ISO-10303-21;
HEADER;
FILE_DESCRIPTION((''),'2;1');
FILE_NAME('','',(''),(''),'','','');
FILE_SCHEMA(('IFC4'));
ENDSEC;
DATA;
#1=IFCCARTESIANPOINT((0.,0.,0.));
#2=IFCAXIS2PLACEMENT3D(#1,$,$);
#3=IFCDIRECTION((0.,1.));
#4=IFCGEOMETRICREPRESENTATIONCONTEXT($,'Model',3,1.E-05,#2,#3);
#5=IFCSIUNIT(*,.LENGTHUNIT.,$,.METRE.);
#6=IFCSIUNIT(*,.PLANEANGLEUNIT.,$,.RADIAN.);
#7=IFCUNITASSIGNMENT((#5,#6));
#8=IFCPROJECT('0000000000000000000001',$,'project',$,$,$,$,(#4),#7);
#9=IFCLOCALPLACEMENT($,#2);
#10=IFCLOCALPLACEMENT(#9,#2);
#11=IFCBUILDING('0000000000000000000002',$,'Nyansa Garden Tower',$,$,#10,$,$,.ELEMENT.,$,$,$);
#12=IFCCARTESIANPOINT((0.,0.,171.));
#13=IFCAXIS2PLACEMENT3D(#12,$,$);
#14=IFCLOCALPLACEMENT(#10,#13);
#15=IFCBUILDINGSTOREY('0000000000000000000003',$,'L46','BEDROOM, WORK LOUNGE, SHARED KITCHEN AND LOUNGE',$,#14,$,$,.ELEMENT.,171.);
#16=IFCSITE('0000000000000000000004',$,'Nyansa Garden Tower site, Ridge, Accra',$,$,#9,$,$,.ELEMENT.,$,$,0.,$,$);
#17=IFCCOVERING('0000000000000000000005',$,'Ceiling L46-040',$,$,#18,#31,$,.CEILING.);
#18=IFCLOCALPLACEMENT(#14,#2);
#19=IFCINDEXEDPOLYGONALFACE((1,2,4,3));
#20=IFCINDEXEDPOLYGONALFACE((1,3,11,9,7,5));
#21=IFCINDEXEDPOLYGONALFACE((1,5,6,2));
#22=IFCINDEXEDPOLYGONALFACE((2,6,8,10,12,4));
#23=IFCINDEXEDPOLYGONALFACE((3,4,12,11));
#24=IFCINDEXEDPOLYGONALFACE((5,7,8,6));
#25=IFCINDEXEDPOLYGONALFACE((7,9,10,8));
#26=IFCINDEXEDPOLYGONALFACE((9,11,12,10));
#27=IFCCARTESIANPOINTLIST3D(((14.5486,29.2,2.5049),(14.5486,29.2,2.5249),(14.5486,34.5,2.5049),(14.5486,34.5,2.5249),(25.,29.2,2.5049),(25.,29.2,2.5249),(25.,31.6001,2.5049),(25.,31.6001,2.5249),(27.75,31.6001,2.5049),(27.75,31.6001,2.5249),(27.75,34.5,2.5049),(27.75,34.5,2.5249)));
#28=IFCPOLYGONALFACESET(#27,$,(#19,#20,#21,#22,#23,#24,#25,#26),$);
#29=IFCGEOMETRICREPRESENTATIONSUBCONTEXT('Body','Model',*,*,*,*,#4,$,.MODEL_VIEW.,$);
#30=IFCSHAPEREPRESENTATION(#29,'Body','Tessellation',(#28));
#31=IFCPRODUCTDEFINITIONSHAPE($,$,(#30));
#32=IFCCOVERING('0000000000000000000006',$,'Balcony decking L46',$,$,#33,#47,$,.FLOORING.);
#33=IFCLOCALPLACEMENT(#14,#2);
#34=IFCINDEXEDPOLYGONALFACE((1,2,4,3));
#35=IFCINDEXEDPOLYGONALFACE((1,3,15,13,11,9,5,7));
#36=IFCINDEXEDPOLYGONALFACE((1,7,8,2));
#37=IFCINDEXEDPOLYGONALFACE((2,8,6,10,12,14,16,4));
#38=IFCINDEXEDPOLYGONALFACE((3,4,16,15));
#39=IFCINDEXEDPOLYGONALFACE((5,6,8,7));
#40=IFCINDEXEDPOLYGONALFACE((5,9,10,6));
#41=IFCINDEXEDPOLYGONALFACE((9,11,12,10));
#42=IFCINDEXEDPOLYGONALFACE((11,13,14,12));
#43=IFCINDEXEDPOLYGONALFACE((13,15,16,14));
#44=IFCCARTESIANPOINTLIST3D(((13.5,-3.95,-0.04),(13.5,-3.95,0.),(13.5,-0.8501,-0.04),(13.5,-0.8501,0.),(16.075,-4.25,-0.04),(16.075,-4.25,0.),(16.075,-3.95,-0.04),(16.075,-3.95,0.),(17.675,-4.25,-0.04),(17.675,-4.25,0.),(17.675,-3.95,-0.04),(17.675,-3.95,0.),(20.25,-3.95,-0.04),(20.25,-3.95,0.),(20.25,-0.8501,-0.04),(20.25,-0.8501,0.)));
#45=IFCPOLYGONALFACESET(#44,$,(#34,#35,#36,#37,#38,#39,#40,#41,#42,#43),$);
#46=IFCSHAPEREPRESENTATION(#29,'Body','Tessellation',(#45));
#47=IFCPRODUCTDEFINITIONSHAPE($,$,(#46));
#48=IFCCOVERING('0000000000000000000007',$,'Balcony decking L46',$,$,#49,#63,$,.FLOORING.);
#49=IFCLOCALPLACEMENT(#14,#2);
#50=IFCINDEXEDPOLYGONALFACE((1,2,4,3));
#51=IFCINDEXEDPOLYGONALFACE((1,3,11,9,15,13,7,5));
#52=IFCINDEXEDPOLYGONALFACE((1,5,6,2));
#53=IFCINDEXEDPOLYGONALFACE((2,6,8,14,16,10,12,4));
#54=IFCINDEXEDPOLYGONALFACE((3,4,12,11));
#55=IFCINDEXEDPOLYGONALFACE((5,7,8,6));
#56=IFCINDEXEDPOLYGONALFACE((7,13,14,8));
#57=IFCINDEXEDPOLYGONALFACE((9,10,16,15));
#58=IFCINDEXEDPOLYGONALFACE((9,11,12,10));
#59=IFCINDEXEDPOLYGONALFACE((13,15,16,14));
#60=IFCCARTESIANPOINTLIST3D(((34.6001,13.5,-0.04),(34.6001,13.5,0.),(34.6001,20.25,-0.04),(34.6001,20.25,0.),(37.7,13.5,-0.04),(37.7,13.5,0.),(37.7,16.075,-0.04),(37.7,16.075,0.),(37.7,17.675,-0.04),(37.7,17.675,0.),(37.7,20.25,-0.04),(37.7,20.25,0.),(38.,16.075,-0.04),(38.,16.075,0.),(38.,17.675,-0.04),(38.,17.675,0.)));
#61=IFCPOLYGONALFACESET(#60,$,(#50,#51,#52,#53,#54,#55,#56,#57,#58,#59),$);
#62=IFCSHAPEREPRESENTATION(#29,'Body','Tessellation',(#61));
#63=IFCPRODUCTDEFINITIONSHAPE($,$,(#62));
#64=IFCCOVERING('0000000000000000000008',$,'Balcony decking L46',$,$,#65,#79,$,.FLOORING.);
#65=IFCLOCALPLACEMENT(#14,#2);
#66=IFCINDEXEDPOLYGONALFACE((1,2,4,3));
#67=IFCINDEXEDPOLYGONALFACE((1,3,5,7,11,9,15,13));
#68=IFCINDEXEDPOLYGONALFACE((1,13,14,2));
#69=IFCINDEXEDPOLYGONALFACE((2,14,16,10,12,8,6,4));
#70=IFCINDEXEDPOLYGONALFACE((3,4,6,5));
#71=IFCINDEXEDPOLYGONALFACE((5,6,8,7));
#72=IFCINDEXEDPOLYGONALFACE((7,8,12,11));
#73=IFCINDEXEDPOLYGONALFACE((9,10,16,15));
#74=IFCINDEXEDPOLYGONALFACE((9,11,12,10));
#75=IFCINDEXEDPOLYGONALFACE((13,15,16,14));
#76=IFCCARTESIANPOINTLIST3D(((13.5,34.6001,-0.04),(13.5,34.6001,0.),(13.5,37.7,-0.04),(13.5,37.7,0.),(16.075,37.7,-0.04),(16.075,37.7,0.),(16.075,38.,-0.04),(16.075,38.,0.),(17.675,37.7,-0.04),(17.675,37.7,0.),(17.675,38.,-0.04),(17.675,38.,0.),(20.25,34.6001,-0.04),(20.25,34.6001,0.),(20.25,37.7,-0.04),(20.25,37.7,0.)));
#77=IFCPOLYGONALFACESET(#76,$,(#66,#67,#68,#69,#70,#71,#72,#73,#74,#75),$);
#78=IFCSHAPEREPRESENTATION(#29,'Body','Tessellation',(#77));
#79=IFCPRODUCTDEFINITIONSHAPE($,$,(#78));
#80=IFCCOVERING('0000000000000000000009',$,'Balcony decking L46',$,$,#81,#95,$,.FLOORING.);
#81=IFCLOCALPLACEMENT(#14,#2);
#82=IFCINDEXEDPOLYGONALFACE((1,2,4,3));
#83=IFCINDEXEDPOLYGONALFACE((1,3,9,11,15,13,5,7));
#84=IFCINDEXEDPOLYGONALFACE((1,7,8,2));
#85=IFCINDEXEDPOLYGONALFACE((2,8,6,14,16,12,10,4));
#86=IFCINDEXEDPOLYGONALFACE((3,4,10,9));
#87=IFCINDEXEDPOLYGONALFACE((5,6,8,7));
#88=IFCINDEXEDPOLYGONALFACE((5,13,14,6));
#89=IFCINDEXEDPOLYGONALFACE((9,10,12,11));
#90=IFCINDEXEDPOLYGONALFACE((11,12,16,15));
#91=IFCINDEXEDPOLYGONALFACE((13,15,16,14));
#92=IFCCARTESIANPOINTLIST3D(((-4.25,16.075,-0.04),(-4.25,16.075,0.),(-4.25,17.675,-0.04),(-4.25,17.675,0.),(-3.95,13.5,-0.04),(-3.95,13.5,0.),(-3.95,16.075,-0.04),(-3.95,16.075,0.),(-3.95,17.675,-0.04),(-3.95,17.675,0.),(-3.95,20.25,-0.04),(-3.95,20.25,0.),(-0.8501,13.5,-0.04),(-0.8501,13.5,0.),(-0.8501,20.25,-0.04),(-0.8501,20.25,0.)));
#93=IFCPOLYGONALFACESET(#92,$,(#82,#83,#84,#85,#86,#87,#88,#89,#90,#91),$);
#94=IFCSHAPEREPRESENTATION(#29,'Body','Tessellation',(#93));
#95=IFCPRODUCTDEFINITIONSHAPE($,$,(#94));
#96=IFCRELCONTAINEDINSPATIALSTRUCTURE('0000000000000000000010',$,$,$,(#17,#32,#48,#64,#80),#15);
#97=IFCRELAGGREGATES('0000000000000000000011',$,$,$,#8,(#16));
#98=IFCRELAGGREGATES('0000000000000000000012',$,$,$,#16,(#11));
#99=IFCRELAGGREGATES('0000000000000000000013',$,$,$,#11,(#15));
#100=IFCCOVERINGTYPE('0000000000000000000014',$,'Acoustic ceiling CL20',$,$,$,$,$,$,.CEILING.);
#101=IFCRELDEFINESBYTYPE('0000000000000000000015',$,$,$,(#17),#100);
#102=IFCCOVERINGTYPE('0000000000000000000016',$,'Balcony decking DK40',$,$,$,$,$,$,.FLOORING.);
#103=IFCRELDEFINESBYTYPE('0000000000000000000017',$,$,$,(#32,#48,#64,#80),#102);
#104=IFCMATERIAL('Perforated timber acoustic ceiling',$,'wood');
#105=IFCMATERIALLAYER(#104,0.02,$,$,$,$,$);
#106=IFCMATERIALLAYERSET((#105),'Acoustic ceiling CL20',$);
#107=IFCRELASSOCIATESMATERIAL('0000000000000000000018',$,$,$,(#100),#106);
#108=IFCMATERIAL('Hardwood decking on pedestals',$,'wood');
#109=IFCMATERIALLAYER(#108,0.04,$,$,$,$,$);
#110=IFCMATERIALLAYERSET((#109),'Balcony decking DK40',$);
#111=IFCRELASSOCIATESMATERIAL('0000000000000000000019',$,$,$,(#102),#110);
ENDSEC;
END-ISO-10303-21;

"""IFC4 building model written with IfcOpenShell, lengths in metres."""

from ifc_helpers import new_model, si_unit, direction, frame, origin, place, context, subcontext, project, spatial, polyline, outline, extrude, material, layer, layer_set, type_object, element, save


model = new_model("IFC4")

# Units and contexts
model_context = context("Model", 3, precision=1e-05, world=origin(), true_north=direction((0.0, 1.0)))
body_context = subcontext(model_context, "Body", "Model", "MODEL_VIEW")
ifc_project = project(units=[si_unit("LENGTHUNIT", "METRE"), si_unit("PLANEANGLEUNIT", "RADIAN")], contexts=[model_context])

# Site, building, storey
site_placement = place(None, origin())
site = spatial("IfcSite", under=ifc_project, at=site_placement, Name="Nyansa Garden Tower site, Ridge, Accra", CompositionType="ELEMENT", RefElevation=0.0)
building_placement = place(site_placement, origin())
building = spatial("IfcBuilding", under=site, at=building_placement, Name="Nyansa Garden Tower", CompositionType="ELEMENT")
storey_placement = place(building_placement, frame((0.0, 0.0, 171.0)))
storey = spatial("IfcBuildingStorey", under=building, at=storey_placement, Name="L46", Description="BEDROOM, WORK LOUNGE, SHARED KITCHEN AND LOUNGE", CompositionType="ELEMENT", Elevation=171.0)

# Coverings
ifc_material_1 = material(Name="Perforated timber acoustic ceiling", Category="wood")
ifc_layer_1 = layer(ifc_material_1, 0.02)
ifc_layer_set_1 = layer_set([ifc_layer_1], Name="Acoustic ceiling CL20")
covering_type_1 = type_object("IfcCoveringType", Name="Acoustic ceiling CL20", PredefinedType="CEILING", material=ifc_layer_set_1)
covering_1_placement = place(storey_placement, frame((0.0, 0.0, 2.5049)))
element("IfcCovering", 1, at=covering_1_placement, inside=storey, type_object=covering_type_1, Name="Ceiling L46-040", PredefinedType="CEILING", context=body_context, shape_type="SweptSolid", body=[
    extrude(outline(polyline([(25.0, 31.6001), (25.0, 29.2), (14.5486, 29.2), (14.5486, 34.5), (27.75, 34.5), (27.75, 31.6001), (25.0, 31.6001)])), origin(), (0.0, 0.0, 1.0), 0.02),
])
ifc_material_2 = material(Name="Hardwood decking on pedestals", Category="wood")
ifc_layer_2 = layer(ifc_material_2, 0.04)
ifc_layer_set_2 = layer_set([ifc_layer_2], Name="Balcony decking DK40")
covering_type_2 = type_object("IfcCoveringType", Name="Balcony decking DK40", PredefinedType="FLOORING", material=ifc_layer_set_2)
covering_2_placement = place(storey_placement, frame((0.0, 0.0, -0.04)))
element("IfcCovering", 2, at=covering_2_placement, inside=storey, type_object=covering_type_2, Name="Balcony decking L46", PredefinedType="FLOORING", context=body_context, shape_type="SweptSolid", body=[
    extrude(outline(polyline([(13.5, -0.8501), (20.25, -0.8501), (20.25, -3.95), (17.675, -3.95), (17.675, -4.25), (16.075, -4.25), (16.075, -3.95), (13.5, -3.95), (13.5, -0.8501)])), origin(), (0.0, 0.0, 1.0), 0.04),
])
covering_3_placement = place(storey_placement, frame((0.0, 0.0, -0.04)))
element("IfcCovering", 3, at=covering_3_placement, inside=storey, type_object=covering_type_2, Name="Balcony decking L46", PredefinedType="FLOORING", context=body_context, shape_type="SweptSolid", body=[
    extrude(outline(polyline([(34.6001, 13.5), (34.6001, 20.25), (37.7, 20.25), (37.7, 17.675), (38.0, 17.675), (38.0, 16.075), (37.7, 16.075), (37.7, 13.5), (34.6001, 13.5)])), origin(), (0.0, 0.0, 1.0), 0.04),
])
covering_4_placement = place(storey_placement, frame((0.0, 0.0, -0.04)))
element("IfcCovering", 4, at=covering_4_placement, inside=storey, type_object=covering_type_2, Name="Balcony decking L46", PredefinedType="FLOORING", context=body_context, shape_type="SweptSolid", body=[
    extrude(outline(polyline([(13.5, 34.6001), (20.25, 34.6001), (20.25, 37.7), (17.675, 37.7), (17.675, 38.0), (16.075, 38.0), (16.075, 37.7), (13.5, 37.7), (13.5, 34.6001)])), origin(), (0.0, 0.0, 1.0), 0.04),
])
covering_5_placement = place(storey_placement, frame((0.0, 0.0, -0.04)))
element("IfcCovering", 5, at=covering_5_placement, inside=storey, type_object=covering_type_2, Name="Balcony decking L46", PredefinedType="FLOORING", context=body_context, shape_type="SweptSolid", body=[
    extrude(outline(polyline([(-0.8501, 13.5), (-0.8501, 20.25), (-3.95, 20.25), (-3.95, 17.675), (-4.25, 17.675), (-4.25, 16.075), (-3.95, 16.075), (-3.95, 13.5), (-0.8501, 13.5)])), origin(), (0.0, 0.0, 1.0), 0.04),
])

save(model, "model.ifc")
